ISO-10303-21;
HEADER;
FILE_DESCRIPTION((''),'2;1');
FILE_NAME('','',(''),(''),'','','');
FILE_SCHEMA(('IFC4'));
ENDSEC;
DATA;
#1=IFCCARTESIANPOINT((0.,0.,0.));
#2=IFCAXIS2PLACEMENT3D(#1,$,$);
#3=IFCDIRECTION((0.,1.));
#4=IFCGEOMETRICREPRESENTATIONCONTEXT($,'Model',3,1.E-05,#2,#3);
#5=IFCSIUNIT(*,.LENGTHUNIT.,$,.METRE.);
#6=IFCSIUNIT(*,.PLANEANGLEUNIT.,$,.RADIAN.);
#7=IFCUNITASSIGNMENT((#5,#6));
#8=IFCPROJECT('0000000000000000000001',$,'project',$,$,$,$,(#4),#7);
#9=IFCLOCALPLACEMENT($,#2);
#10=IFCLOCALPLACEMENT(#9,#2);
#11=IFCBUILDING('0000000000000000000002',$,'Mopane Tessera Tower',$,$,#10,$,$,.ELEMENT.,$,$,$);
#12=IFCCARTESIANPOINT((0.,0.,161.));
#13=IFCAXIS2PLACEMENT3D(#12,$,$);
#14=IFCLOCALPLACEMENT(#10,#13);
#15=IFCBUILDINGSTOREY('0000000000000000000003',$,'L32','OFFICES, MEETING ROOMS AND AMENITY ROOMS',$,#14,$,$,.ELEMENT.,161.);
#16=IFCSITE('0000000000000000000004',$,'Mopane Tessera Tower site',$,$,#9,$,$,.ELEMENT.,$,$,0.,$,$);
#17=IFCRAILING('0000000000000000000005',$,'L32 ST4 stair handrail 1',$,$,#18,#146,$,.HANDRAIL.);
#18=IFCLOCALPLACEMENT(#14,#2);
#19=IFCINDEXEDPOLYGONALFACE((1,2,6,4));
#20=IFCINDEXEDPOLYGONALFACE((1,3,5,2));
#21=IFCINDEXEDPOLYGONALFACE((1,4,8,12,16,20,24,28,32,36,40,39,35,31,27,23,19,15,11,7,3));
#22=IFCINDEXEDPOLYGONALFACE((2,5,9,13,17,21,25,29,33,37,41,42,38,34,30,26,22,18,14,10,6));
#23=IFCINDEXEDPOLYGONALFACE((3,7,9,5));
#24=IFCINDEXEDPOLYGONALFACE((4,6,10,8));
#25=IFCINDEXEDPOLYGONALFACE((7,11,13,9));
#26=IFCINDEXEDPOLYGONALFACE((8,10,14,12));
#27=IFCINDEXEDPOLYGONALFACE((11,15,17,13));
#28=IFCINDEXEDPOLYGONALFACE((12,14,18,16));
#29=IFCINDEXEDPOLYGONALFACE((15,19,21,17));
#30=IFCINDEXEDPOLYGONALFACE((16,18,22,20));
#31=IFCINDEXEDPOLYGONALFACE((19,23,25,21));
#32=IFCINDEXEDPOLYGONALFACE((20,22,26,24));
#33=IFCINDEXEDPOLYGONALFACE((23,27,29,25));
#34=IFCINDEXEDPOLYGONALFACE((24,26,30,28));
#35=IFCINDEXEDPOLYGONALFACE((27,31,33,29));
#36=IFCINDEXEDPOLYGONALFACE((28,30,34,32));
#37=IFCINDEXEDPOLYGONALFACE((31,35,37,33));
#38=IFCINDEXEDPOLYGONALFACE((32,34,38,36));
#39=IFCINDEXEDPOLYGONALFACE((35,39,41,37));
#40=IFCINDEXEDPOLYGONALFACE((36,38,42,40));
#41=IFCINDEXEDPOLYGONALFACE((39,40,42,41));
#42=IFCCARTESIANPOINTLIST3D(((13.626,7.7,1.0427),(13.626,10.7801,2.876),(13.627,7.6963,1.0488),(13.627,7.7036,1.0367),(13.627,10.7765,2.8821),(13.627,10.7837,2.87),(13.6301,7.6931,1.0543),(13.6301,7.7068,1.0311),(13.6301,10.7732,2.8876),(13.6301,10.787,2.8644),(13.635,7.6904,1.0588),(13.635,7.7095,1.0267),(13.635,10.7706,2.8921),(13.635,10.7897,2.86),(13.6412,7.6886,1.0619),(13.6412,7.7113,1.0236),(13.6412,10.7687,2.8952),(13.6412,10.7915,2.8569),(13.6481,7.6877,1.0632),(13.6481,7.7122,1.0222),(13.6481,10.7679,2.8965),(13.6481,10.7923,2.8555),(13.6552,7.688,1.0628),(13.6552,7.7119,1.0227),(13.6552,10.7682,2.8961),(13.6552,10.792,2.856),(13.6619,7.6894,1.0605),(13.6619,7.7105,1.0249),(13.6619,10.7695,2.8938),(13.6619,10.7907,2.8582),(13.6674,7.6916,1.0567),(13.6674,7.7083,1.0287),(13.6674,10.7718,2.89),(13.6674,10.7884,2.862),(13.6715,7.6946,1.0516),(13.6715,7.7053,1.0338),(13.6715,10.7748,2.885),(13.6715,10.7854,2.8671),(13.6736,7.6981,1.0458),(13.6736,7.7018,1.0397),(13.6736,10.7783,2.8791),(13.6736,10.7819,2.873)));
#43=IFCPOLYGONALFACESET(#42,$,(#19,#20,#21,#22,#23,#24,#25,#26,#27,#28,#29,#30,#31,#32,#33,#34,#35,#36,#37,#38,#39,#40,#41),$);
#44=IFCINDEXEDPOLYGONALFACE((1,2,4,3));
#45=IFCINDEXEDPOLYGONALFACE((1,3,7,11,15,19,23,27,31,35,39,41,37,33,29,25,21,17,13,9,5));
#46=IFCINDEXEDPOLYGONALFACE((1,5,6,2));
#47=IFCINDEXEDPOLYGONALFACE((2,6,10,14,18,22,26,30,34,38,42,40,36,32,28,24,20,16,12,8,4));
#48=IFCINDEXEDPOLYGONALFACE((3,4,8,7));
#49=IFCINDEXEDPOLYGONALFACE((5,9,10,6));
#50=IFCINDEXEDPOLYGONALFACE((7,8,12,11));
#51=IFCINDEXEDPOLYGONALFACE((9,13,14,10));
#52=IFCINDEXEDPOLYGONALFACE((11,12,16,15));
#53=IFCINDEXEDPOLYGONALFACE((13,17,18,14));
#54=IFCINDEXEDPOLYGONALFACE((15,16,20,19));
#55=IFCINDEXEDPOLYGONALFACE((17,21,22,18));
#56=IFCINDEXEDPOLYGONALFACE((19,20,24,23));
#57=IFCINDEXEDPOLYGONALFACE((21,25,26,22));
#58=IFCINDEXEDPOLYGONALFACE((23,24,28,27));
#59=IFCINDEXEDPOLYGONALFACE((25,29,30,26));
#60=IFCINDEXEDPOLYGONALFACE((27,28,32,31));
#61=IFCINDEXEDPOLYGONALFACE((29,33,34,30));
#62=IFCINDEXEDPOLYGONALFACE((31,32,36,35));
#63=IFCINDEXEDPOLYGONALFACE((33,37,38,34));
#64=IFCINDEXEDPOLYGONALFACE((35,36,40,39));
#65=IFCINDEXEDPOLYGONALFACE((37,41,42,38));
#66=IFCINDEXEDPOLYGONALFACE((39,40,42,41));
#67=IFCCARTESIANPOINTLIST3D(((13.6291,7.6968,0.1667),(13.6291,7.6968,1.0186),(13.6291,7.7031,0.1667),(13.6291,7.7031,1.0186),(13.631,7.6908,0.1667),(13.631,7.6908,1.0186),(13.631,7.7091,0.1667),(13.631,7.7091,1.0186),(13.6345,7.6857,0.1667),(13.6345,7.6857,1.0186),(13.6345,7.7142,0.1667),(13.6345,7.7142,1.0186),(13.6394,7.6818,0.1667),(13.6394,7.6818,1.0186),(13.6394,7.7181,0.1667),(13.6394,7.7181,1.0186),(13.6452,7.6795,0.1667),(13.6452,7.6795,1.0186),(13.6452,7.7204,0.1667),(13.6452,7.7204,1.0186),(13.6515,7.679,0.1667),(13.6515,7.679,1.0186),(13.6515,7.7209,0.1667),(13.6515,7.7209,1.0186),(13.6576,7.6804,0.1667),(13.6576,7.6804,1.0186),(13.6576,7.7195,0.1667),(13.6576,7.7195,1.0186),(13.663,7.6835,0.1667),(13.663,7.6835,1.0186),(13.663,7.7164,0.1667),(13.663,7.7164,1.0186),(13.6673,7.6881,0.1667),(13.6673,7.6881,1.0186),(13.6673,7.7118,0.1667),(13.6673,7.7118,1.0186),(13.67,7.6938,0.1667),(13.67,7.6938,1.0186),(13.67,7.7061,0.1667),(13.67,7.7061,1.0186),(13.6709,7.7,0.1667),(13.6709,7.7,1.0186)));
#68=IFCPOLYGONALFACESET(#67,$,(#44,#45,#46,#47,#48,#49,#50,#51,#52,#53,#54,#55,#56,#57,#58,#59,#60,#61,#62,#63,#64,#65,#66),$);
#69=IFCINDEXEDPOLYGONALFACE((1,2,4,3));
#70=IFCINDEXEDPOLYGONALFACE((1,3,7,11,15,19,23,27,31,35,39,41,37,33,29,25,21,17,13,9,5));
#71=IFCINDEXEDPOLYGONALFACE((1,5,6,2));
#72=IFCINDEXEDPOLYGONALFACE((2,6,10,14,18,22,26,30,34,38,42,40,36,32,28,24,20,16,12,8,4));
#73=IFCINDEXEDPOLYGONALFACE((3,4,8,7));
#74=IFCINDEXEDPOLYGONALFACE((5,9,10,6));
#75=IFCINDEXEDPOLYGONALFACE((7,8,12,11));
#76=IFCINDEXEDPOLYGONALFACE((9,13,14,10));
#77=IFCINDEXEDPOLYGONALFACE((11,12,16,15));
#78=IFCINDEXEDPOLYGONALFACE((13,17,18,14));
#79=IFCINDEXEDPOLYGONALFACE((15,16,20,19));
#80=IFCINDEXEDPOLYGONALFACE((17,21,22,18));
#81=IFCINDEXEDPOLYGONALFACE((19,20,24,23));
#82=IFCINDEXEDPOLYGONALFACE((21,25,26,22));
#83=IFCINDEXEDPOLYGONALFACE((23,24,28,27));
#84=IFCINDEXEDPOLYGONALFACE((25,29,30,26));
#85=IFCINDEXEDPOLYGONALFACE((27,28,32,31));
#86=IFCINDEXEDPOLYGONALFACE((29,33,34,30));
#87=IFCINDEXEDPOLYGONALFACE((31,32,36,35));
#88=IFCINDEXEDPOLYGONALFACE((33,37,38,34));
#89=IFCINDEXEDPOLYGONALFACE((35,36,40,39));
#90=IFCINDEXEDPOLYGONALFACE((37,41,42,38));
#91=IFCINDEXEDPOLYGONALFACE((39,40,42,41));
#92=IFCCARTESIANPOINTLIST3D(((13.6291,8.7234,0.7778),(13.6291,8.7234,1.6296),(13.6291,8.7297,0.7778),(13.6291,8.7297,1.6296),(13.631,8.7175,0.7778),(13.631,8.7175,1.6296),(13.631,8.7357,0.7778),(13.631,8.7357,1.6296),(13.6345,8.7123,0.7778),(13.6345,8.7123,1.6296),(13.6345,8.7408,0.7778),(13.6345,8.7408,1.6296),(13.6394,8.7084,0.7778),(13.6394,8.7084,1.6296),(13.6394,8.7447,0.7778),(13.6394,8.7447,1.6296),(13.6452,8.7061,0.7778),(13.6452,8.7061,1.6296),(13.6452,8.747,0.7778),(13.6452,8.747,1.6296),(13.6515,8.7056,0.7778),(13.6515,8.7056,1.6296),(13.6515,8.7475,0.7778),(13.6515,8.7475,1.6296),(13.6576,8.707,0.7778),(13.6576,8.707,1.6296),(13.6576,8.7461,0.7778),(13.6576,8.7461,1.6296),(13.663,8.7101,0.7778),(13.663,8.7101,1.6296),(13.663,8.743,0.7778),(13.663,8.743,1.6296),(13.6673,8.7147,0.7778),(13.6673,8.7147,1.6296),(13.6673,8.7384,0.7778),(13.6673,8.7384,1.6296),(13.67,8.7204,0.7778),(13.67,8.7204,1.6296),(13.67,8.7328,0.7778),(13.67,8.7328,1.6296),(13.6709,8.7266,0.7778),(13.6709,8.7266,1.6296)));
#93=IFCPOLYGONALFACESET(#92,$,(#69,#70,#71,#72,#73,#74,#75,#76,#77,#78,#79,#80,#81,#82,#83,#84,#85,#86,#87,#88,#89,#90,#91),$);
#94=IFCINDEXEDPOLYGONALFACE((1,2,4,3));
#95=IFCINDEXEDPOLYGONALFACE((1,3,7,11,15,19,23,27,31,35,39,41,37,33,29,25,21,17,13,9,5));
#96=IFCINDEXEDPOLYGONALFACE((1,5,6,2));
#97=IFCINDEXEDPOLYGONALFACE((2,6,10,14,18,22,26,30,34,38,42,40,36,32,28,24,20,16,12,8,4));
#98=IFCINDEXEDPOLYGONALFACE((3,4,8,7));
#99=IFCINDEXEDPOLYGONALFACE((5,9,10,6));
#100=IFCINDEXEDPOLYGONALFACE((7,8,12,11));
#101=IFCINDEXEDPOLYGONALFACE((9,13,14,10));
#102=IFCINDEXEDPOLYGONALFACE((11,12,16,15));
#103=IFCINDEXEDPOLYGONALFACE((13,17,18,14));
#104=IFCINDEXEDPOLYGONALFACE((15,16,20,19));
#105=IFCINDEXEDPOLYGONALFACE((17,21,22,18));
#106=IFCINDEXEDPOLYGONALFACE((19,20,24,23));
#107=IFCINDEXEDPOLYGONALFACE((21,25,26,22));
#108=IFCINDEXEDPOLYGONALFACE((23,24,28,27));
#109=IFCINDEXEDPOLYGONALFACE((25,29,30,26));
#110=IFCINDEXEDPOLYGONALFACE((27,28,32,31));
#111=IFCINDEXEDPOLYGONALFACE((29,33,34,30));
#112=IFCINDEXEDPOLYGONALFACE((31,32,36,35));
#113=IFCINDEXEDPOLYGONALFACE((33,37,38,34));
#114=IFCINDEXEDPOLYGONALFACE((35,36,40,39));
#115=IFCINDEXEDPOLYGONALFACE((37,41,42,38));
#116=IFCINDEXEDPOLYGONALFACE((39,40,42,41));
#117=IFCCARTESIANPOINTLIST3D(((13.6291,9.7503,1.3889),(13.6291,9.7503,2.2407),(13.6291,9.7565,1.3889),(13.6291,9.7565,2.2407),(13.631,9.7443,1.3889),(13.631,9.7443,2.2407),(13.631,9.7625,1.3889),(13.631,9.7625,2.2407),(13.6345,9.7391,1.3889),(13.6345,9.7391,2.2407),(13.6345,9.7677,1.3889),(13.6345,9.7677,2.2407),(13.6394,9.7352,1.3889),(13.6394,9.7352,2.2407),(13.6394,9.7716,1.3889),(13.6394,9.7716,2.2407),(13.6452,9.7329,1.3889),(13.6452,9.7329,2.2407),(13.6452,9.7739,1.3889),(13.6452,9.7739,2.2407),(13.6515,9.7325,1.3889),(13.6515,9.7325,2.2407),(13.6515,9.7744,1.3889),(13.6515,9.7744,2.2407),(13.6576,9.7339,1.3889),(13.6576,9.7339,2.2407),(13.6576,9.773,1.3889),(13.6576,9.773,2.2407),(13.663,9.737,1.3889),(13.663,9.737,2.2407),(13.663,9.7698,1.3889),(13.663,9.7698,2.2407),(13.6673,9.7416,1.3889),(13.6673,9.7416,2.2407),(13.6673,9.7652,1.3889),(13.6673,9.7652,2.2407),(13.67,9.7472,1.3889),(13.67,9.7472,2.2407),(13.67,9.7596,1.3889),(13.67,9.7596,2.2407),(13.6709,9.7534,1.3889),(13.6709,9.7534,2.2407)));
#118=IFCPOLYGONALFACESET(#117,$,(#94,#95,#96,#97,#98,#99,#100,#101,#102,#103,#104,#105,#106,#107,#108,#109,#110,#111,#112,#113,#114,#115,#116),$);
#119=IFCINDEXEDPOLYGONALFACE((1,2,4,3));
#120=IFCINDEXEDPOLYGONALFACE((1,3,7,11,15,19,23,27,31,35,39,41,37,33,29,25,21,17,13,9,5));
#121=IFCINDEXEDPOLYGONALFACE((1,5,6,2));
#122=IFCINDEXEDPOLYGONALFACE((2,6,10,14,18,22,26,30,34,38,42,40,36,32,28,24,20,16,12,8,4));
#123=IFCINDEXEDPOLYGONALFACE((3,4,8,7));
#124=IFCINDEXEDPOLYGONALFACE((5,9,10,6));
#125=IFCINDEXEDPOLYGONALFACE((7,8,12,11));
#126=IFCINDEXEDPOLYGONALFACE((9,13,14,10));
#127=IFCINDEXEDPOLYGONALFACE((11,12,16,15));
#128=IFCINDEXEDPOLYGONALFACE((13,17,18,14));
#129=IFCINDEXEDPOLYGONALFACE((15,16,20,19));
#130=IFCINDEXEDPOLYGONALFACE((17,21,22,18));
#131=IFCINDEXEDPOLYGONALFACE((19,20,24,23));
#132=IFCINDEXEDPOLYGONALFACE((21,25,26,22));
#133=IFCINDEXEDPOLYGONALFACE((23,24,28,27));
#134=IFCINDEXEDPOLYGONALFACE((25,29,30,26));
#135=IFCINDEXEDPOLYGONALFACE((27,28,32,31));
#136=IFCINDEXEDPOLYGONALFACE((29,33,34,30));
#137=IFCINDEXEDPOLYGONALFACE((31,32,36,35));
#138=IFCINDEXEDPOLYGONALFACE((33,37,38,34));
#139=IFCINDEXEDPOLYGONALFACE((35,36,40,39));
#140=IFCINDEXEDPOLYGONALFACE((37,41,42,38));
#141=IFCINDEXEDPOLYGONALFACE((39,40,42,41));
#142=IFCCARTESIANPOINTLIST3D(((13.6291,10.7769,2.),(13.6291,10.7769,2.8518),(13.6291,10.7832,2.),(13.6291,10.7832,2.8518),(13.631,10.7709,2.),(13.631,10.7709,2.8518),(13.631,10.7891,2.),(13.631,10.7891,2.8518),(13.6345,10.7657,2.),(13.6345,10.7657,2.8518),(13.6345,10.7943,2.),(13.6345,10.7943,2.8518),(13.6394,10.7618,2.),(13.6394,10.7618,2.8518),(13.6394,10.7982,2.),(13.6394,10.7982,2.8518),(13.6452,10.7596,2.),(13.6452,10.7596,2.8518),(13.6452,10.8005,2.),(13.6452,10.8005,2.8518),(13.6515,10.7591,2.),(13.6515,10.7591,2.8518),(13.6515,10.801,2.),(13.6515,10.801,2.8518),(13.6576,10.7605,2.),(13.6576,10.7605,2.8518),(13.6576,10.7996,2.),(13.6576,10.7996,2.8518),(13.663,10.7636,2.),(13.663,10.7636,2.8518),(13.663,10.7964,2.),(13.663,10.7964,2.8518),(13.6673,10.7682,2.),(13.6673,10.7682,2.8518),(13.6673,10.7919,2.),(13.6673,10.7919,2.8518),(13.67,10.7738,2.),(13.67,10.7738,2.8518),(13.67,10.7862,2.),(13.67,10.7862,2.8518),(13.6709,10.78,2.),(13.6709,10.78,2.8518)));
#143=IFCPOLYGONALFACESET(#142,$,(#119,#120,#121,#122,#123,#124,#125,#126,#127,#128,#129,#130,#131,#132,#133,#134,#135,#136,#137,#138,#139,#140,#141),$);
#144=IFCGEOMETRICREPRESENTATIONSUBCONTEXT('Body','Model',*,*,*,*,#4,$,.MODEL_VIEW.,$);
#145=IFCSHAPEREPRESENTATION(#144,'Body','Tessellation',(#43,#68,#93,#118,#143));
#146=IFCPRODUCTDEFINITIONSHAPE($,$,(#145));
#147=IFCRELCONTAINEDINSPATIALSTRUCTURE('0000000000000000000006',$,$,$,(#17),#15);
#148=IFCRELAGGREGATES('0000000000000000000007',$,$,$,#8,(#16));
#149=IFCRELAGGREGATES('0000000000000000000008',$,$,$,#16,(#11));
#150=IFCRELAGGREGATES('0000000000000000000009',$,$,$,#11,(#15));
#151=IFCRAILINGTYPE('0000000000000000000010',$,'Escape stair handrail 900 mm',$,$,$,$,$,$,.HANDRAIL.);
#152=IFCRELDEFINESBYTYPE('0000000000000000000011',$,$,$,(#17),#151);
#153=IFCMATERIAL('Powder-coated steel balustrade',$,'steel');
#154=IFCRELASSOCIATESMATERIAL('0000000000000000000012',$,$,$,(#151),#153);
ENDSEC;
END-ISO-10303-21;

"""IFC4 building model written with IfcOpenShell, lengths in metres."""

from ifc_helpers import new_model, si_unit, direction, frame, origin, origin_2d, place, context, subcontext, project, spatial, circle, extrude, material, type_object, element, save


model = new_model("IFC4")

# Units and contexts
model_context = context("Model", 3, precision=1e-05, world=origin(), true_north=direction((0.0, 1.0)))
body_context = subcontext(model_context, "Body", "Model", "MODEL_VIEW")
ifc_project = project(units=[si_unit("LENGTHUNIT", "METRE"), si_unit("PLANEANGLEUNIT", "RADIAN")], contexts=[model_context])

# Site, building, storey
site_placement = place(None, origin())
site = spatial("IfcSite", under=ifc_project, at=site_placement, Name="Mopane Tessera Tower site", CompositionType="ELEMENT", RefElevation=0.0)
building_placement = place(site_placement, origin())
building = spatial("IfcBuilding", under=site, at=building_placement, Name="Mopane Tessera Tower", CompositionType="ELEMENT")
storey_placement = place(building_placement, frame((0.0, 0.0, 161.0)))
storey = spatial("IfcBuildingStorey", under=building, at=storey_placement, Name="L32", Description="OFFICES, MEETING ROOMS AND AMENITY ROOMS", CompositionType="ELEMENT", Elevation=161.0)

# Railing
ifc_material_1 = material(Name="Powder-coated steel balustrade", Category="steel")
railing_type_1 = type_object("IfcRailingType", Name="Escape stair handrail 900 mm", PredefinedType="HANDRAIL", material=ifc_material_1)
railing_1_placement = place(storey_placement, frame((13.6499, 7.7, 0.1667)))
element("IfcRailing", 1, at=railing_1_placement, inside=storey, type_object=railing_type_1, Name="L32 ST4 stair handrail 1", PredefinedType="HANDRAIL", context=body_context, shape_type="SweptSolid", body=[
    extrude(circle(Radius=0.0239, at=origin_2d()), frame((0.0, 0.0, 0.876), z_axis=(0.0, 0.859309, 0.511458), x_axis=(-1.0, 0.0, 0.0)), (0.0, 0.0, 1.0), 3.5845),
    extrude(circle(Radius=0.021, at=origin_2d()), origin(), (0.0, 0.0, 1.0), 0.8518),
    extrude(circle(Radius=0.021, at=origin_2d()), frame((0.0, 1.0266, 0.6111)), (0.0, 0.0, 1.0), 0.8518),
    extrude(circle(Radius=0.021, at=origin_2d()), frame((0.0, 2.0535, 1.2222)), (0.0, 0.0, 1.0), 0.8518),
    extrude(circle(Radius=0.021, at=origin_2d()), frame((0.0, 3.0801, 1.8333)), (0.0, 0.0, 1.0), 0.8518),
])

save(model, "model.ifc")
